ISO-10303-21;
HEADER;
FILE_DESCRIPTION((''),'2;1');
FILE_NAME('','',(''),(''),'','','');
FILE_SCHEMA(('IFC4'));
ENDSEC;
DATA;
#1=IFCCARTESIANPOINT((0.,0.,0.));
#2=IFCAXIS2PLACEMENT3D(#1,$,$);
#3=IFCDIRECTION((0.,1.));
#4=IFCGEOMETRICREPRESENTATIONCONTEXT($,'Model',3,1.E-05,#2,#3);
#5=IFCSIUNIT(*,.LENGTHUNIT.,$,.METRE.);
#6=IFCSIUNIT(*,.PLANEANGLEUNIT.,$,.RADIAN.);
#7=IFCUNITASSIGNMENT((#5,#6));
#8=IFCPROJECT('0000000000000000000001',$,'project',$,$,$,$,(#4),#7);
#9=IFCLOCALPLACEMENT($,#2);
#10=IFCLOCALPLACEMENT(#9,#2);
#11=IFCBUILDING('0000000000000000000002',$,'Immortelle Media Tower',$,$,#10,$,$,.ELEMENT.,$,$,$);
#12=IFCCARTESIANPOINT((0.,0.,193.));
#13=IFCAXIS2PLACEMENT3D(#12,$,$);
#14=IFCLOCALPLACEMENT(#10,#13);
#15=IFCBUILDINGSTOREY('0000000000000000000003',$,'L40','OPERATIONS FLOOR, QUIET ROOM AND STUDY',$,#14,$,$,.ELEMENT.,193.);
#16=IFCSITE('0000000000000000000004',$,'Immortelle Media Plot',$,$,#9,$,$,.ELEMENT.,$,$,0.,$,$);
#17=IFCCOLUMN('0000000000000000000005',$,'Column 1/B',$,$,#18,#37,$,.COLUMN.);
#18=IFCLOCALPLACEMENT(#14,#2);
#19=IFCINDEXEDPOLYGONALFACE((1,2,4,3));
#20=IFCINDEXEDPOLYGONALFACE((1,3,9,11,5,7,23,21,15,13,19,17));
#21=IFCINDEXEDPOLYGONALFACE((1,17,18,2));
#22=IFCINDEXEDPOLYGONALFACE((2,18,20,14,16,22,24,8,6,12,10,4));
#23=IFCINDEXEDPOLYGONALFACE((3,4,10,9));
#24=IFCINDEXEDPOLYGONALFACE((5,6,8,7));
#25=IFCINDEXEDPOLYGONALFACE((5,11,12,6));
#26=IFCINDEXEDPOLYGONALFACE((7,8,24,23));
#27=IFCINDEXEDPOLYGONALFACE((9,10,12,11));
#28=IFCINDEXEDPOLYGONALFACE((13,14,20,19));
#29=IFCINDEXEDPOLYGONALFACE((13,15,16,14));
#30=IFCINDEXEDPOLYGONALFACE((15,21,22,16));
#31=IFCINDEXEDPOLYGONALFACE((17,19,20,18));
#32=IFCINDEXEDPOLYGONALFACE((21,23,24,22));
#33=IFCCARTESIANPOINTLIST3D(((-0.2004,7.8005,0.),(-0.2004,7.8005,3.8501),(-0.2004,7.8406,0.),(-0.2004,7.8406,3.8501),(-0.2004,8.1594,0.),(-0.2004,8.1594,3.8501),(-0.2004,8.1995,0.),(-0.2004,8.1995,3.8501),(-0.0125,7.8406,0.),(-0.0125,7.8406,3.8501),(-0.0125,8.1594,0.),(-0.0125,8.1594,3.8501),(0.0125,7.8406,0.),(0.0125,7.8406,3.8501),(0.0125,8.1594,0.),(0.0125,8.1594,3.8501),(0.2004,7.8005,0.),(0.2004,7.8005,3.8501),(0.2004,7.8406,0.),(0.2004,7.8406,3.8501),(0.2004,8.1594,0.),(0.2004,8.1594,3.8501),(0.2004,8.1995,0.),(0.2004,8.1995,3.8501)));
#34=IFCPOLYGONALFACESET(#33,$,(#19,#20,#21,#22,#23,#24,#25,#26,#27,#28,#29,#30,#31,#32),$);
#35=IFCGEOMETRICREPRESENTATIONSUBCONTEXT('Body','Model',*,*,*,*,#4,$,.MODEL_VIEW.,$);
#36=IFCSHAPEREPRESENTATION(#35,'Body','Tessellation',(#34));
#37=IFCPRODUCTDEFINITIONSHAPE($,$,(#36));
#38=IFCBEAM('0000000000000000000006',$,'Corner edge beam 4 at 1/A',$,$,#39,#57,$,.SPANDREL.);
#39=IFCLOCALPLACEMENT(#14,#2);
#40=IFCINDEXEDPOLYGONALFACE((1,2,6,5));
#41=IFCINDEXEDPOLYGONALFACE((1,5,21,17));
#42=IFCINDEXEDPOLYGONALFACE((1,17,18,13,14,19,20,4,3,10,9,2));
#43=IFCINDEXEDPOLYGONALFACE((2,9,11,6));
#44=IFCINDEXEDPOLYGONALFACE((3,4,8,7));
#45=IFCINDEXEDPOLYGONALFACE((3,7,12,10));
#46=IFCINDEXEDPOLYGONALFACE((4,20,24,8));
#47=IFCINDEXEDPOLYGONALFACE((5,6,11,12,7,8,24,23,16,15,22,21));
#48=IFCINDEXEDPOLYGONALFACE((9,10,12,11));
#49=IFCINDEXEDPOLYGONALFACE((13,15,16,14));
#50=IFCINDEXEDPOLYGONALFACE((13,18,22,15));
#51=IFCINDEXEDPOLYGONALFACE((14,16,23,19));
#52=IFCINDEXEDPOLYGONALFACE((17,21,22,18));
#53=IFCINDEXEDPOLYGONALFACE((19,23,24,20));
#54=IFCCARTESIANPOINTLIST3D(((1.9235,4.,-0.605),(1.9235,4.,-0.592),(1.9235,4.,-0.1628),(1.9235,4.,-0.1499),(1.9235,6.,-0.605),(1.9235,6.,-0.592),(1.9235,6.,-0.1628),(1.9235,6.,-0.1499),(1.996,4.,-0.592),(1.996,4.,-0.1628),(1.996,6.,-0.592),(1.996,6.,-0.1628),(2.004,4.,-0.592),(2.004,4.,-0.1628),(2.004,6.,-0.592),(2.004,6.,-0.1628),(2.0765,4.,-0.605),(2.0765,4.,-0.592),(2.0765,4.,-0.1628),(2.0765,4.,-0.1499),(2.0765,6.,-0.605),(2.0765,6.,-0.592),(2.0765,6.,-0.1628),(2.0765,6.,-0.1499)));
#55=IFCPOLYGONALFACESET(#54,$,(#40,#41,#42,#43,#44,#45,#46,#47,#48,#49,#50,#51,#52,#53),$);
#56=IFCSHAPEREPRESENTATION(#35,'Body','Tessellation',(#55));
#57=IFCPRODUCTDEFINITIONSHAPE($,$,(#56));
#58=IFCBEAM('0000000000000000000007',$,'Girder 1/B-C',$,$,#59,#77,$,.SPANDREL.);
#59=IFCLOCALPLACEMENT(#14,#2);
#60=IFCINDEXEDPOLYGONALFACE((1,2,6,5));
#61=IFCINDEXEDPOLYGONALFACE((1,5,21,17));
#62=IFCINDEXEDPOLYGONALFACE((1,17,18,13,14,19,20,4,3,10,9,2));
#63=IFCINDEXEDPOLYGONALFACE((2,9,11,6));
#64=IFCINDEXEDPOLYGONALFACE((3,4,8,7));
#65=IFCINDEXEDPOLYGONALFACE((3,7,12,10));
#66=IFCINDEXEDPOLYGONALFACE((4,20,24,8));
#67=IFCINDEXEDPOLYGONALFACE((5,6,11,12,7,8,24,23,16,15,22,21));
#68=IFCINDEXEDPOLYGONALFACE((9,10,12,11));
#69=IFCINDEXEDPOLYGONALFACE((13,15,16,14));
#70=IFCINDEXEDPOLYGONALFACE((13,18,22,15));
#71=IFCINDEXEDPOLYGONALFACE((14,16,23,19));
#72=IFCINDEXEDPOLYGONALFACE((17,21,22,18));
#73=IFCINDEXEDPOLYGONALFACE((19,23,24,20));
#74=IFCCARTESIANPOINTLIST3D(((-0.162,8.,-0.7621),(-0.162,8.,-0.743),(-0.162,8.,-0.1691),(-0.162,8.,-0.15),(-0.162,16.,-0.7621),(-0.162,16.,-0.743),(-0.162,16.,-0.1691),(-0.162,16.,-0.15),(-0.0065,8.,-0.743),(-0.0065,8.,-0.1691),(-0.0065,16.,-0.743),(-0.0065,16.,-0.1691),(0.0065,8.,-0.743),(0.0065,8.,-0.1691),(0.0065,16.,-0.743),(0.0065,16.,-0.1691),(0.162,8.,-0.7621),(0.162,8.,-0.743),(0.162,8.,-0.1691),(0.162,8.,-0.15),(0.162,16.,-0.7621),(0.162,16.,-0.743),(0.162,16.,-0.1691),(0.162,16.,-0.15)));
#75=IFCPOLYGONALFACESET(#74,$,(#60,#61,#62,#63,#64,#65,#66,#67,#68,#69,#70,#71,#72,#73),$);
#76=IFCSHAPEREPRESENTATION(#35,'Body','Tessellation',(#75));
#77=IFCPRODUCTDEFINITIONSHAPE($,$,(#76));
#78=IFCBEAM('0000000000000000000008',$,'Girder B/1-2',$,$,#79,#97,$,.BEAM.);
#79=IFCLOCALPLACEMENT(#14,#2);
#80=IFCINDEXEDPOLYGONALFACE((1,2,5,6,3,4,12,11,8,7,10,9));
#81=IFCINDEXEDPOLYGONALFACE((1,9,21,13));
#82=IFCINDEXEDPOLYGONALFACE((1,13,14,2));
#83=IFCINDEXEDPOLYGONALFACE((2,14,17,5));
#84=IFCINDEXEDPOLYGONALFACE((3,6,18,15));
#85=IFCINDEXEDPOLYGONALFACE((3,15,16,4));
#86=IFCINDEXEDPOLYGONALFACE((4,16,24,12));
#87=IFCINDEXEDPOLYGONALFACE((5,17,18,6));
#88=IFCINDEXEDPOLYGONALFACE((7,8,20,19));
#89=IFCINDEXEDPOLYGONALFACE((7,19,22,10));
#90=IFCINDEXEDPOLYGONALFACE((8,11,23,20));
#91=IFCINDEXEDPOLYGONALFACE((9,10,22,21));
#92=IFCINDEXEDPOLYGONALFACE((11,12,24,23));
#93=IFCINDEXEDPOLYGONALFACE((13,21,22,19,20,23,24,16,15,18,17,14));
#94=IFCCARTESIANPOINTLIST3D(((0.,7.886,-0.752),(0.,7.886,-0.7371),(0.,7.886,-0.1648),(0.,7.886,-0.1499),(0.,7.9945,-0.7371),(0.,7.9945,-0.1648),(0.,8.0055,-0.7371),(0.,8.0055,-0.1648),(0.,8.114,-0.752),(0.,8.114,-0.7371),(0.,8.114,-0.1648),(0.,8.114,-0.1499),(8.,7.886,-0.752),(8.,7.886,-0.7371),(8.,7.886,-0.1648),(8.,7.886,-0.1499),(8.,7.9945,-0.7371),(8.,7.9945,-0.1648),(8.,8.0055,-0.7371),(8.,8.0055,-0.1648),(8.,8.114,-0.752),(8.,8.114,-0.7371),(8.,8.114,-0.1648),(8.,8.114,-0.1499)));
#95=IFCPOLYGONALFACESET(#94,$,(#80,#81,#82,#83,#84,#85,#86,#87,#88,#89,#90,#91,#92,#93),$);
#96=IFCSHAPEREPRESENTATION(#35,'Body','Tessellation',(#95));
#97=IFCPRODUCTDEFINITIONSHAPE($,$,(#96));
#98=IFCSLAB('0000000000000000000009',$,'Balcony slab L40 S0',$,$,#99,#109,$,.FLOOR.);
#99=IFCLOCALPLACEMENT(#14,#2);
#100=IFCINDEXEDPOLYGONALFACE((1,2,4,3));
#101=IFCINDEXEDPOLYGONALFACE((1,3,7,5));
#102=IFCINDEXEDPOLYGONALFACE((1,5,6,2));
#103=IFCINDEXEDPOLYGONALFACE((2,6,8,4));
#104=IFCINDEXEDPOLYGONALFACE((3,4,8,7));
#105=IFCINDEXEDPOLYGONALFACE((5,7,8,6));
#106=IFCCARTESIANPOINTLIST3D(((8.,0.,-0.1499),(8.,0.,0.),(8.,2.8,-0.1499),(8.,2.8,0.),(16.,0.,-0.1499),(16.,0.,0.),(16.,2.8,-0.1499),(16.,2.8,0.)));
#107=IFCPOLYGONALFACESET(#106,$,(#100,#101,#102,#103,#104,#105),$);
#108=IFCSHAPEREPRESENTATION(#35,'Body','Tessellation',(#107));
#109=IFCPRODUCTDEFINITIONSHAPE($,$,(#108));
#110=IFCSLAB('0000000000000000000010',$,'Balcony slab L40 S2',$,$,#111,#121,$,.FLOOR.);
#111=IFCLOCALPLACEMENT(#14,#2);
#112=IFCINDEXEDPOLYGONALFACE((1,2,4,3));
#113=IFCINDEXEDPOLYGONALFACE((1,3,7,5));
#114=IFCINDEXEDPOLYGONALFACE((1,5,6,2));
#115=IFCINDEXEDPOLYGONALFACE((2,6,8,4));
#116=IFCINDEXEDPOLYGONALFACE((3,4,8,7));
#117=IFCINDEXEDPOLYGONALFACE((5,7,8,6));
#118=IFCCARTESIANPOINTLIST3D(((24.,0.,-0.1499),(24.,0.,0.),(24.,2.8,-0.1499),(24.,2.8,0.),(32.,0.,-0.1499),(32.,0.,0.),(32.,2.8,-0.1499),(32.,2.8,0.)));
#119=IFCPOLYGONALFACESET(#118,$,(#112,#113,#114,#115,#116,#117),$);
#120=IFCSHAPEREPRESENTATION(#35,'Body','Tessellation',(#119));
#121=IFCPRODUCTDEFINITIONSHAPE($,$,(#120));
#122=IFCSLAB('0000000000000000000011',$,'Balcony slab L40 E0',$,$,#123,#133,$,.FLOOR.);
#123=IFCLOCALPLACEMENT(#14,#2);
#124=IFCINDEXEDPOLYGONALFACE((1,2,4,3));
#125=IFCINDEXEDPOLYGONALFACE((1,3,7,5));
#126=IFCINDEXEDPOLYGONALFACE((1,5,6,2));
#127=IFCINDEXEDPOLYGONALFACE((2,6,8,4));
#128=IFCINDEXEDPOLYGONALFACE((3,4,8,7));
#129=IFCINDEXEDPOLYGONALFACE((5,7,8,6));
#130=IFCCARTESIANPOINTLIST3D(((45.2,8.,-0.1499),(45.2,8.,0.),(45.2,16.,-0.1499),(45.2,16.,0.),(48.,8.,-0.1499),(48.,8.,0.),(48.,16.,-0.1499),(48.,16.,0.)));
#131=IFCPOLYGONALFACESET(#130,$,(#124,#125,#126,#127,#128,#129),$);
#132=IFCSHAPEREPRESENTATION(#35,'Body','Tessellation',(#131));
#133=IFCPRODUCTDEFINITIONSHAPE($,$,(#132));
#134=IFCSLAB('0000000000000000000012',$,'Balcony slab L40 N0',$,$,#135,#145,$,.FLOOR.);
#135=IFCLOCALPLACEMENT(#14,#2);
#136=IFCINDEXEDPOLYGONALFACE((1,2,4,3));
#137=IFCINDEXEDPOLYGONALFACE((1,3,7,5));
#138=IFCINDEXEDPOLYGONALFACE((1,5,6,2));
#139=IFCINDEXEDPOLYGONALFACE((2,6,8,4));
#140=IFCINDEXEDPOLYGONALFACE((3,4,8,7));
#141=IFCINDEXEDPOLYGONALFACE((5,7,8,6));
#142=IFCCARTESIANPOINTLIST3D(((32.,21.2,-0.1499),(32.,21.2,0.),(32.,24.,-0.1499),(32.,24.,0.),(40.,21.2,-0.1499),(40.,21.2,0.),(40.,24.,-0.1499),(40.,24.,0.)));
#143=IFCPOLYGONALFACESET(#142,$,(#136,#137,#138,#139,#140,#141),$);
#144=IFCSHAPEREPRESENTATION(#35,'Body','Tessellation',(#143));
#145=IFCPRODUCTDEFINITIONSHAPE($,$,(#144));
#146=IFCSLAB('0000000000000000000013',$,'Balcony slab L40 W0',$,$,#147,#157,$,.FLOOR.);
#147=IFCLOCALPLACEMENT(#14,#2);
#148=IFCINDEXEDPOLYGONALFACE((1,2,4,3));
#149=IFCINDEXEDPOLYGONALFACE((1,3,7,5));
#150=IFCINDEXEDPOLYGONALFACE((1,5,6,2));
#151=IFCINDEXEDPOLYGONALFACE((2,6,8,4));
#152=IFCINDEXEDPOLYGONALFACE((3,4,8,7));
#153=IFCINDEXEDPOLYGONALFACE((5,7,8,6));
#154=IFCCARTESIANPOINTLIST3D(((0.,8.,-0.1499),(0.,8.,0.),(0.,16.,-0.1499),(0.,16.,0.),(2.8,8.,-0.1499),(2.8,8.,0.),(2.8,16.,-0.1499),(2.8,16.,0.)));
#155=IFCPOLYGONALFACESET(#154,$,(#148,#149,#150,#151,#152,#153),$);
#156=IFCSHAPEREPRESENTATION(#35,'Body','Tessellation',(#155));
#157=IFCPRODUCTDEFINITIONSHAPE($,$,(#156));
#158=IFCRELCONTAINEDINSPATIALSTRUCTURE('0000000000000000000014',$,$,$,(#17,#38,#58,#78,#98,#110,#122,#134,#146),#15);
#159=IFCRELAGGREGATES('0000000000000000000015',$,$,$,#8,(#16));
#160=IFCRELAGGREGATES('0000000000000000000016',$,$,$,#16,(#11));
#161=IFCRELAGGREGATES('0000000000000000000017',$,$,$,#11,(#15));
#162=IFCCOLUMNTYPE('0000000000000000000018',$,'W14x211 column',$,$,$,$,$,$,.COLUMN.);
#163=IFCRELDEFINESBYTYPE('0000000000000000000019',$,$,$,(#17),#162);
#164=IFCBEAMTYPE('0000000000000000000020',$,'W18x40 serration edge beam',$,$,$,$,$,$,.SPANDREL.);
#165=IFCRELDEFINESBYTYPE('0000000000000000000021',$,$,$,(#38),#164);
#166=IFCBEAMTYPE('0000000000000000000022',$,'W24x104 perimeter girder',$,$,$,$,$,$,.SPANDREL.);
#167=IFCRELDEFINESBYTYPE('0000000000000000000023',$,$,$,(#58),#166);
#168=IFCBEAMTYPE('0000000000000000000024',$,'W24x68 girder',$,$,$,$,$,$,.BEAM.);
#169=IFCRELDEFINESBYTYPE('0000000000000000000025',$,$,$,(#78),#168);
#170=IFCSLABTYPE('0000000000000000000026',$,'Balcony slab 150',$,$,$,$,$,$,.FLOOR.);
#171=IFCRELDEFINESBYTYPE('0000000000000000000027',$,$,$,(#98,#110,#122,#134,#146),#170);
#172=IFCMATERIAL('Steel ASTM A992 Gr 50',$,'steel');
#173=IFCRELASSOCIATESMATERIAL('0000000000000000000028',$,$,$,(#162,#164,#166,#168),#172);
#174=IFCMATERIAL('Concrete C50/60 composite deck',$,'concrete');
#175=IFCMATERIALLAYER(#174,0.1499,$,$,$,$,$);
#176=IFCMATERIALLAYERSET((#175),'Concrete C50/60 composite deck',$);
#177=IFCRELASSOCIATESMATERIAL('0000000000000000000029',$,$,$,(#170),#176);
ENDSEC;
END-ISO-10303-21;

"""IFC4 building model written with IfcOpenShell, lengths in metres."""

from ifc_helpers import new_model, si_unit, direction, frame, origin, origin_2d, place, context, subcontext, project, spatial, polyline, i_section, outline, extrude, material, layer, layer_set, material_profile, profile_set, type_object, element, save


model = new_model("IFC4")

# Units and contexts
model_context = context("Model", 3, precision=1e-05, world=origin(), true_north=direction((0.0, 1.0)))
body_context = subcontext(model_context, "Body", "Model", "MODEL_VIEW")
ifc_project = project(units=[si_unit("LENGTHUNIT", "METRE"), si_unit("PLANEANGLEUNIT", "RADIAN")], contexts=[model_context])

# Site, building, storey
site_placement = place(None, origin())
site = spatial("IfcSite", under=ifc_project, at=site_placement, Name="Immortelle Media Plot", CompositionType="ELEMENT", RefElevation=0.0)
building_placement = place(site_placement, origin())
building = spatial("IfcBuilding", under=site, at=building_placement, Name="Immortelle Media Tower", CompositionType="ELEMENT")
storey_placement = place(building_placement, frame((0.0, 0.0, 193.0)))
storey = spatial("IfcBuildingStorey", under=building, at=storey_placement, Name="L40", Description="OPERATIONS FLOOR, QUIET ROOM AND STUDY", CompositionType="ELEMENT", Elevation=193.0)

# Column
ifc_material_1 = material(Name="Steel ASTM A992 Gr 50", Category="steel")
ifc_material_profile_1 = material_profile(ifc_material_1, i_section(OverallWidth=0.4009, OverallDepth=0.3989, WebThickness=0.0249, FlangeThickness=0.04, at=origin_2d()), Name="W14x211")
ifc_profile_set_1 = profile_set([ifc_material_profile_1], Name="Steel ASTM A992 Gr 50")
column_type = type_object("IfcColumnType", Name="W14x211 column", PredefinedType="COLUMN", material=ifc_profile_set_1)
column_placement = place(storey_placement, frame((0.0, 8.0, 0.0), z_axis=(0.0, 0.0, 1.0), x_axis=(1.0, 0.0, 0.0)))
element("IfcColumn", 1, at=column_placement, inside=storey, type_object=column_type, Name="Column 1/B", PredefinedType="COLUMN", context=body_context, shape_type="SweptSolid", body=[
    extrude(i_section(OverallWidth=0.4009, OverallDepth=0.3989, WebThickness=0.0249, FlangeThickness=0.04, at=origin_2d()), origin(), (0.0, 0.0, 1.0), 3.8501),
])

# Beams
ifc_material_profile_2 = material_profile(ifc_material_1, i_section(OverallWidth=0.1531, OverallDepth=0.4551, WebThickness=0.0081, FlangeThickness=0.0129, at=origin_2d()), Name="W18x40")
ifc_profile_set_2 = profile_set([ifc_material_profile_2], Name="Steel ASTM A992 Gr 50")
beam_type_1 = type_object("IfcBeamType", Name="W18x40 serration edge beam", PredefinedType="SPANDREL", material=ifc_profile_set_2)
beam_1_placement = place(storey_placement, frame((2.0, 4.0, -0.3774), z_axis=(0.0, 1.0, 0.0), x_axis=(-1.0, 0.0, 0.0)))
element("IfcBeam", 2, at=beam_1_placement, inside=storey, type_object=beam_type_1, Name="Corner edge beam 4 at 1/A", PredefinedType="SPANDREL", context=body_context, shape_type="SweptSolid", body=[
    extrude(i_section(OverallWidth=0.1531, OverallDepth=0.4551, WebThickness=0.0081, FlangeThickness=0.0129, at=origin_2d()), origin(), (0.0, 0.0, 1.0), 2.0),
])
ifc_material_profile_3 = material_profile(ifc_material_1, i_section(OverallWidth=0.324, OverallDepth=0.6121, WebThickness=0.0129, FlangeThickness=0.019, at=origin_2d()), Name="W24x104")
ifc_profile_set_3 = profile_set([ifc_material_profile_3], Name="Steel ASTM A992 Gr 50")
beam_type_2 = type_object("IfcBeamType", Name="W24x104 perimeter girder", PredefinedType="SPANDREL", material=ifc_profile_set_3)
beam_2_placement = place(storey_placement, frame((0.0, 8.0, -0.4561), z_axis=(0.0, 1.0, 0.0), x_axis=(-1.0, 0.0, 0.0)))
element("IfcBeam", 3, at=beam_2_placement, inside=storey, type_object=beam_type_2, Name="Girder 1/B-C", PredefinedType="SPANDREL", context=body_context, shape_type="SweptSolid", body=[
    extrude(i_section(OverallWidth=0.324, OverallDepth=0.6121, WebThickness=0.0129, FlangeThickness=0.019, at=origin_2d()), origin(), (0.0, 0.0, 1.0), 8.0),
])
ifc_material_profile_4 = material_profile(ifc_material_1, i_section(OverallWidth=0.228, OverallDepth=0.6021, WebThickness=0.011, FlangeThickness=0.0149, at=origin_2d()), Name="W24x68")
ifc_profile_set_4 = profile_set([ifc_material_profile_4], Name="Steel ASTM A992 Gr 50")
beam_type_3 = type_object("IfcBeamType", Name="W24x68 girder", PredefinedType="BEAM", material=ifc_profile_set_4)
beam_3_placement = place(storey_placement, frame((0.0, 8.0, -0.4509), z_axis=(1.0, 0.0, 0.0), x_axis=(0.0, 1.0, 0.0)))
element("IfcBeam", 4, at=beam_3_placement, inside=storey, type_object=beam_type_3, Name="Girder B/1-2", PredefinedType="BEAM", context=body_context, shape_type="SweptSolid", body=[
    extrude(i_section(OverallWidth=0.228, OverallDepth=0.6021, WebThickness=0.011, FlangeThickness=0.0149, at=origin_2d()), origin(), (0.0, 0.0, 1.0), 8.0),
])

# Slabs
ifc_material_2 = material(Name="Concrete C50/60 composite deck", Category="concrete")
ifc_layer_1 = layer(ifc_material_2, 0.1499)
ifc_layer_set_1 = layer_set([ifc_layer_1], Name="Concrete C50/60 composite deck")
slab_type_1 = type_object("IfcSlabType", Name="Balcony slab 150", PredefinedType="FLOOR", material=ifc_layer_set_1)
slab_1_placement = place(storey_placement, frame((0.0, 0.0, -0.1499)))
element("IfcSlab", 5, at=slab_1_placement, inside=storey, type_object=slab_type_1, Name="Balcony slab L40 S0", PredefinedType="FLOOR", context=body_context, shape_type="SweptSolid", body=[
    extrude(outline(polyline([(16.0, 0.0), (16.0, 2.8), (8.0, 2.8), (8.0, 0.0), (16.0, 0.0)])), origin(), (0.0, 0.0, 1.0), 0.1499),
])
slab_2_placement = place(storey_placement, frame((0.0, 0.0, -0.1499)))
element("IfcSlab", 6, at=slab_2_placement, inside=storey, type_object=slab_type_1, Name="Balcony slab L40 S2", PredefinedType="FLOOR", context=body_context, shape_type="SweptSolid", body=[
    extrude(outline(polyline([(32.0, 0.0), (32.0, 2.8), (24.0, 2.8), (24.0, 0.0), (32.0, 0.0)])), origin(), (0.0, 0.0, 1.0), 0.1499),
])
slab_3_placement = place(storey_placement, frame((0.0, 0.0, -0.1499)))
element("IfcSlab", 7, at=slab_3_placement, inside=storey, type_object=slab_type_1, Name="Balcony slab L40 E0", PredefinedType="FLOOR", context=body_context, shape_type="SweptSolid", body=[
    extrude(outline(polyline([(48.0, 8.0), (48.0, 16.0), (45.2, 16.0), (45.2, 8.0), (48.0, 8.0)])), origin(), (0.0, 0.0, 1.0), 0.1499),
])
slab_4_placement = place(storey_placement, frame((0.0, 0.0, -0.1499)))
element("IfcSlab", 8, at=slab_4_placement, inside=storey, type_object=slab_type_1, Name="Balcony slab L40 N0", PredefinedType="FLOOR", context=body_context, shape_type="SweptSolid", body=[
    extrude(outline(polyline([(40.0, 21.2), (40.0, 24.0), (32.0, 24.0), (32.0, 21.2), (40.0, 21.2)])), origin(), (0.0, 0.0, 1.0), 0.1499),
])
slab_5_placement = place(storey_placement, frame((0.0, 0.0, -0.1499)))
element("IfcSlab", 9, at=slab_5_placement, inside=storey, type_object=slab_type_1, Name="Balcony slab L40 W0", PredefinedType="FLOOR", context=body_context, shape_type="SweptSolid", body=[
    extrude(outline(polyline([(2.8, 8.0), (2.8, 16.0), (0.0, 16.0), (0.0, 8.0), (2.8, 8.0)])), origin(), (0.0, 0.0, 1.0), 0.1499),
])

save(model, "model.ifc")
